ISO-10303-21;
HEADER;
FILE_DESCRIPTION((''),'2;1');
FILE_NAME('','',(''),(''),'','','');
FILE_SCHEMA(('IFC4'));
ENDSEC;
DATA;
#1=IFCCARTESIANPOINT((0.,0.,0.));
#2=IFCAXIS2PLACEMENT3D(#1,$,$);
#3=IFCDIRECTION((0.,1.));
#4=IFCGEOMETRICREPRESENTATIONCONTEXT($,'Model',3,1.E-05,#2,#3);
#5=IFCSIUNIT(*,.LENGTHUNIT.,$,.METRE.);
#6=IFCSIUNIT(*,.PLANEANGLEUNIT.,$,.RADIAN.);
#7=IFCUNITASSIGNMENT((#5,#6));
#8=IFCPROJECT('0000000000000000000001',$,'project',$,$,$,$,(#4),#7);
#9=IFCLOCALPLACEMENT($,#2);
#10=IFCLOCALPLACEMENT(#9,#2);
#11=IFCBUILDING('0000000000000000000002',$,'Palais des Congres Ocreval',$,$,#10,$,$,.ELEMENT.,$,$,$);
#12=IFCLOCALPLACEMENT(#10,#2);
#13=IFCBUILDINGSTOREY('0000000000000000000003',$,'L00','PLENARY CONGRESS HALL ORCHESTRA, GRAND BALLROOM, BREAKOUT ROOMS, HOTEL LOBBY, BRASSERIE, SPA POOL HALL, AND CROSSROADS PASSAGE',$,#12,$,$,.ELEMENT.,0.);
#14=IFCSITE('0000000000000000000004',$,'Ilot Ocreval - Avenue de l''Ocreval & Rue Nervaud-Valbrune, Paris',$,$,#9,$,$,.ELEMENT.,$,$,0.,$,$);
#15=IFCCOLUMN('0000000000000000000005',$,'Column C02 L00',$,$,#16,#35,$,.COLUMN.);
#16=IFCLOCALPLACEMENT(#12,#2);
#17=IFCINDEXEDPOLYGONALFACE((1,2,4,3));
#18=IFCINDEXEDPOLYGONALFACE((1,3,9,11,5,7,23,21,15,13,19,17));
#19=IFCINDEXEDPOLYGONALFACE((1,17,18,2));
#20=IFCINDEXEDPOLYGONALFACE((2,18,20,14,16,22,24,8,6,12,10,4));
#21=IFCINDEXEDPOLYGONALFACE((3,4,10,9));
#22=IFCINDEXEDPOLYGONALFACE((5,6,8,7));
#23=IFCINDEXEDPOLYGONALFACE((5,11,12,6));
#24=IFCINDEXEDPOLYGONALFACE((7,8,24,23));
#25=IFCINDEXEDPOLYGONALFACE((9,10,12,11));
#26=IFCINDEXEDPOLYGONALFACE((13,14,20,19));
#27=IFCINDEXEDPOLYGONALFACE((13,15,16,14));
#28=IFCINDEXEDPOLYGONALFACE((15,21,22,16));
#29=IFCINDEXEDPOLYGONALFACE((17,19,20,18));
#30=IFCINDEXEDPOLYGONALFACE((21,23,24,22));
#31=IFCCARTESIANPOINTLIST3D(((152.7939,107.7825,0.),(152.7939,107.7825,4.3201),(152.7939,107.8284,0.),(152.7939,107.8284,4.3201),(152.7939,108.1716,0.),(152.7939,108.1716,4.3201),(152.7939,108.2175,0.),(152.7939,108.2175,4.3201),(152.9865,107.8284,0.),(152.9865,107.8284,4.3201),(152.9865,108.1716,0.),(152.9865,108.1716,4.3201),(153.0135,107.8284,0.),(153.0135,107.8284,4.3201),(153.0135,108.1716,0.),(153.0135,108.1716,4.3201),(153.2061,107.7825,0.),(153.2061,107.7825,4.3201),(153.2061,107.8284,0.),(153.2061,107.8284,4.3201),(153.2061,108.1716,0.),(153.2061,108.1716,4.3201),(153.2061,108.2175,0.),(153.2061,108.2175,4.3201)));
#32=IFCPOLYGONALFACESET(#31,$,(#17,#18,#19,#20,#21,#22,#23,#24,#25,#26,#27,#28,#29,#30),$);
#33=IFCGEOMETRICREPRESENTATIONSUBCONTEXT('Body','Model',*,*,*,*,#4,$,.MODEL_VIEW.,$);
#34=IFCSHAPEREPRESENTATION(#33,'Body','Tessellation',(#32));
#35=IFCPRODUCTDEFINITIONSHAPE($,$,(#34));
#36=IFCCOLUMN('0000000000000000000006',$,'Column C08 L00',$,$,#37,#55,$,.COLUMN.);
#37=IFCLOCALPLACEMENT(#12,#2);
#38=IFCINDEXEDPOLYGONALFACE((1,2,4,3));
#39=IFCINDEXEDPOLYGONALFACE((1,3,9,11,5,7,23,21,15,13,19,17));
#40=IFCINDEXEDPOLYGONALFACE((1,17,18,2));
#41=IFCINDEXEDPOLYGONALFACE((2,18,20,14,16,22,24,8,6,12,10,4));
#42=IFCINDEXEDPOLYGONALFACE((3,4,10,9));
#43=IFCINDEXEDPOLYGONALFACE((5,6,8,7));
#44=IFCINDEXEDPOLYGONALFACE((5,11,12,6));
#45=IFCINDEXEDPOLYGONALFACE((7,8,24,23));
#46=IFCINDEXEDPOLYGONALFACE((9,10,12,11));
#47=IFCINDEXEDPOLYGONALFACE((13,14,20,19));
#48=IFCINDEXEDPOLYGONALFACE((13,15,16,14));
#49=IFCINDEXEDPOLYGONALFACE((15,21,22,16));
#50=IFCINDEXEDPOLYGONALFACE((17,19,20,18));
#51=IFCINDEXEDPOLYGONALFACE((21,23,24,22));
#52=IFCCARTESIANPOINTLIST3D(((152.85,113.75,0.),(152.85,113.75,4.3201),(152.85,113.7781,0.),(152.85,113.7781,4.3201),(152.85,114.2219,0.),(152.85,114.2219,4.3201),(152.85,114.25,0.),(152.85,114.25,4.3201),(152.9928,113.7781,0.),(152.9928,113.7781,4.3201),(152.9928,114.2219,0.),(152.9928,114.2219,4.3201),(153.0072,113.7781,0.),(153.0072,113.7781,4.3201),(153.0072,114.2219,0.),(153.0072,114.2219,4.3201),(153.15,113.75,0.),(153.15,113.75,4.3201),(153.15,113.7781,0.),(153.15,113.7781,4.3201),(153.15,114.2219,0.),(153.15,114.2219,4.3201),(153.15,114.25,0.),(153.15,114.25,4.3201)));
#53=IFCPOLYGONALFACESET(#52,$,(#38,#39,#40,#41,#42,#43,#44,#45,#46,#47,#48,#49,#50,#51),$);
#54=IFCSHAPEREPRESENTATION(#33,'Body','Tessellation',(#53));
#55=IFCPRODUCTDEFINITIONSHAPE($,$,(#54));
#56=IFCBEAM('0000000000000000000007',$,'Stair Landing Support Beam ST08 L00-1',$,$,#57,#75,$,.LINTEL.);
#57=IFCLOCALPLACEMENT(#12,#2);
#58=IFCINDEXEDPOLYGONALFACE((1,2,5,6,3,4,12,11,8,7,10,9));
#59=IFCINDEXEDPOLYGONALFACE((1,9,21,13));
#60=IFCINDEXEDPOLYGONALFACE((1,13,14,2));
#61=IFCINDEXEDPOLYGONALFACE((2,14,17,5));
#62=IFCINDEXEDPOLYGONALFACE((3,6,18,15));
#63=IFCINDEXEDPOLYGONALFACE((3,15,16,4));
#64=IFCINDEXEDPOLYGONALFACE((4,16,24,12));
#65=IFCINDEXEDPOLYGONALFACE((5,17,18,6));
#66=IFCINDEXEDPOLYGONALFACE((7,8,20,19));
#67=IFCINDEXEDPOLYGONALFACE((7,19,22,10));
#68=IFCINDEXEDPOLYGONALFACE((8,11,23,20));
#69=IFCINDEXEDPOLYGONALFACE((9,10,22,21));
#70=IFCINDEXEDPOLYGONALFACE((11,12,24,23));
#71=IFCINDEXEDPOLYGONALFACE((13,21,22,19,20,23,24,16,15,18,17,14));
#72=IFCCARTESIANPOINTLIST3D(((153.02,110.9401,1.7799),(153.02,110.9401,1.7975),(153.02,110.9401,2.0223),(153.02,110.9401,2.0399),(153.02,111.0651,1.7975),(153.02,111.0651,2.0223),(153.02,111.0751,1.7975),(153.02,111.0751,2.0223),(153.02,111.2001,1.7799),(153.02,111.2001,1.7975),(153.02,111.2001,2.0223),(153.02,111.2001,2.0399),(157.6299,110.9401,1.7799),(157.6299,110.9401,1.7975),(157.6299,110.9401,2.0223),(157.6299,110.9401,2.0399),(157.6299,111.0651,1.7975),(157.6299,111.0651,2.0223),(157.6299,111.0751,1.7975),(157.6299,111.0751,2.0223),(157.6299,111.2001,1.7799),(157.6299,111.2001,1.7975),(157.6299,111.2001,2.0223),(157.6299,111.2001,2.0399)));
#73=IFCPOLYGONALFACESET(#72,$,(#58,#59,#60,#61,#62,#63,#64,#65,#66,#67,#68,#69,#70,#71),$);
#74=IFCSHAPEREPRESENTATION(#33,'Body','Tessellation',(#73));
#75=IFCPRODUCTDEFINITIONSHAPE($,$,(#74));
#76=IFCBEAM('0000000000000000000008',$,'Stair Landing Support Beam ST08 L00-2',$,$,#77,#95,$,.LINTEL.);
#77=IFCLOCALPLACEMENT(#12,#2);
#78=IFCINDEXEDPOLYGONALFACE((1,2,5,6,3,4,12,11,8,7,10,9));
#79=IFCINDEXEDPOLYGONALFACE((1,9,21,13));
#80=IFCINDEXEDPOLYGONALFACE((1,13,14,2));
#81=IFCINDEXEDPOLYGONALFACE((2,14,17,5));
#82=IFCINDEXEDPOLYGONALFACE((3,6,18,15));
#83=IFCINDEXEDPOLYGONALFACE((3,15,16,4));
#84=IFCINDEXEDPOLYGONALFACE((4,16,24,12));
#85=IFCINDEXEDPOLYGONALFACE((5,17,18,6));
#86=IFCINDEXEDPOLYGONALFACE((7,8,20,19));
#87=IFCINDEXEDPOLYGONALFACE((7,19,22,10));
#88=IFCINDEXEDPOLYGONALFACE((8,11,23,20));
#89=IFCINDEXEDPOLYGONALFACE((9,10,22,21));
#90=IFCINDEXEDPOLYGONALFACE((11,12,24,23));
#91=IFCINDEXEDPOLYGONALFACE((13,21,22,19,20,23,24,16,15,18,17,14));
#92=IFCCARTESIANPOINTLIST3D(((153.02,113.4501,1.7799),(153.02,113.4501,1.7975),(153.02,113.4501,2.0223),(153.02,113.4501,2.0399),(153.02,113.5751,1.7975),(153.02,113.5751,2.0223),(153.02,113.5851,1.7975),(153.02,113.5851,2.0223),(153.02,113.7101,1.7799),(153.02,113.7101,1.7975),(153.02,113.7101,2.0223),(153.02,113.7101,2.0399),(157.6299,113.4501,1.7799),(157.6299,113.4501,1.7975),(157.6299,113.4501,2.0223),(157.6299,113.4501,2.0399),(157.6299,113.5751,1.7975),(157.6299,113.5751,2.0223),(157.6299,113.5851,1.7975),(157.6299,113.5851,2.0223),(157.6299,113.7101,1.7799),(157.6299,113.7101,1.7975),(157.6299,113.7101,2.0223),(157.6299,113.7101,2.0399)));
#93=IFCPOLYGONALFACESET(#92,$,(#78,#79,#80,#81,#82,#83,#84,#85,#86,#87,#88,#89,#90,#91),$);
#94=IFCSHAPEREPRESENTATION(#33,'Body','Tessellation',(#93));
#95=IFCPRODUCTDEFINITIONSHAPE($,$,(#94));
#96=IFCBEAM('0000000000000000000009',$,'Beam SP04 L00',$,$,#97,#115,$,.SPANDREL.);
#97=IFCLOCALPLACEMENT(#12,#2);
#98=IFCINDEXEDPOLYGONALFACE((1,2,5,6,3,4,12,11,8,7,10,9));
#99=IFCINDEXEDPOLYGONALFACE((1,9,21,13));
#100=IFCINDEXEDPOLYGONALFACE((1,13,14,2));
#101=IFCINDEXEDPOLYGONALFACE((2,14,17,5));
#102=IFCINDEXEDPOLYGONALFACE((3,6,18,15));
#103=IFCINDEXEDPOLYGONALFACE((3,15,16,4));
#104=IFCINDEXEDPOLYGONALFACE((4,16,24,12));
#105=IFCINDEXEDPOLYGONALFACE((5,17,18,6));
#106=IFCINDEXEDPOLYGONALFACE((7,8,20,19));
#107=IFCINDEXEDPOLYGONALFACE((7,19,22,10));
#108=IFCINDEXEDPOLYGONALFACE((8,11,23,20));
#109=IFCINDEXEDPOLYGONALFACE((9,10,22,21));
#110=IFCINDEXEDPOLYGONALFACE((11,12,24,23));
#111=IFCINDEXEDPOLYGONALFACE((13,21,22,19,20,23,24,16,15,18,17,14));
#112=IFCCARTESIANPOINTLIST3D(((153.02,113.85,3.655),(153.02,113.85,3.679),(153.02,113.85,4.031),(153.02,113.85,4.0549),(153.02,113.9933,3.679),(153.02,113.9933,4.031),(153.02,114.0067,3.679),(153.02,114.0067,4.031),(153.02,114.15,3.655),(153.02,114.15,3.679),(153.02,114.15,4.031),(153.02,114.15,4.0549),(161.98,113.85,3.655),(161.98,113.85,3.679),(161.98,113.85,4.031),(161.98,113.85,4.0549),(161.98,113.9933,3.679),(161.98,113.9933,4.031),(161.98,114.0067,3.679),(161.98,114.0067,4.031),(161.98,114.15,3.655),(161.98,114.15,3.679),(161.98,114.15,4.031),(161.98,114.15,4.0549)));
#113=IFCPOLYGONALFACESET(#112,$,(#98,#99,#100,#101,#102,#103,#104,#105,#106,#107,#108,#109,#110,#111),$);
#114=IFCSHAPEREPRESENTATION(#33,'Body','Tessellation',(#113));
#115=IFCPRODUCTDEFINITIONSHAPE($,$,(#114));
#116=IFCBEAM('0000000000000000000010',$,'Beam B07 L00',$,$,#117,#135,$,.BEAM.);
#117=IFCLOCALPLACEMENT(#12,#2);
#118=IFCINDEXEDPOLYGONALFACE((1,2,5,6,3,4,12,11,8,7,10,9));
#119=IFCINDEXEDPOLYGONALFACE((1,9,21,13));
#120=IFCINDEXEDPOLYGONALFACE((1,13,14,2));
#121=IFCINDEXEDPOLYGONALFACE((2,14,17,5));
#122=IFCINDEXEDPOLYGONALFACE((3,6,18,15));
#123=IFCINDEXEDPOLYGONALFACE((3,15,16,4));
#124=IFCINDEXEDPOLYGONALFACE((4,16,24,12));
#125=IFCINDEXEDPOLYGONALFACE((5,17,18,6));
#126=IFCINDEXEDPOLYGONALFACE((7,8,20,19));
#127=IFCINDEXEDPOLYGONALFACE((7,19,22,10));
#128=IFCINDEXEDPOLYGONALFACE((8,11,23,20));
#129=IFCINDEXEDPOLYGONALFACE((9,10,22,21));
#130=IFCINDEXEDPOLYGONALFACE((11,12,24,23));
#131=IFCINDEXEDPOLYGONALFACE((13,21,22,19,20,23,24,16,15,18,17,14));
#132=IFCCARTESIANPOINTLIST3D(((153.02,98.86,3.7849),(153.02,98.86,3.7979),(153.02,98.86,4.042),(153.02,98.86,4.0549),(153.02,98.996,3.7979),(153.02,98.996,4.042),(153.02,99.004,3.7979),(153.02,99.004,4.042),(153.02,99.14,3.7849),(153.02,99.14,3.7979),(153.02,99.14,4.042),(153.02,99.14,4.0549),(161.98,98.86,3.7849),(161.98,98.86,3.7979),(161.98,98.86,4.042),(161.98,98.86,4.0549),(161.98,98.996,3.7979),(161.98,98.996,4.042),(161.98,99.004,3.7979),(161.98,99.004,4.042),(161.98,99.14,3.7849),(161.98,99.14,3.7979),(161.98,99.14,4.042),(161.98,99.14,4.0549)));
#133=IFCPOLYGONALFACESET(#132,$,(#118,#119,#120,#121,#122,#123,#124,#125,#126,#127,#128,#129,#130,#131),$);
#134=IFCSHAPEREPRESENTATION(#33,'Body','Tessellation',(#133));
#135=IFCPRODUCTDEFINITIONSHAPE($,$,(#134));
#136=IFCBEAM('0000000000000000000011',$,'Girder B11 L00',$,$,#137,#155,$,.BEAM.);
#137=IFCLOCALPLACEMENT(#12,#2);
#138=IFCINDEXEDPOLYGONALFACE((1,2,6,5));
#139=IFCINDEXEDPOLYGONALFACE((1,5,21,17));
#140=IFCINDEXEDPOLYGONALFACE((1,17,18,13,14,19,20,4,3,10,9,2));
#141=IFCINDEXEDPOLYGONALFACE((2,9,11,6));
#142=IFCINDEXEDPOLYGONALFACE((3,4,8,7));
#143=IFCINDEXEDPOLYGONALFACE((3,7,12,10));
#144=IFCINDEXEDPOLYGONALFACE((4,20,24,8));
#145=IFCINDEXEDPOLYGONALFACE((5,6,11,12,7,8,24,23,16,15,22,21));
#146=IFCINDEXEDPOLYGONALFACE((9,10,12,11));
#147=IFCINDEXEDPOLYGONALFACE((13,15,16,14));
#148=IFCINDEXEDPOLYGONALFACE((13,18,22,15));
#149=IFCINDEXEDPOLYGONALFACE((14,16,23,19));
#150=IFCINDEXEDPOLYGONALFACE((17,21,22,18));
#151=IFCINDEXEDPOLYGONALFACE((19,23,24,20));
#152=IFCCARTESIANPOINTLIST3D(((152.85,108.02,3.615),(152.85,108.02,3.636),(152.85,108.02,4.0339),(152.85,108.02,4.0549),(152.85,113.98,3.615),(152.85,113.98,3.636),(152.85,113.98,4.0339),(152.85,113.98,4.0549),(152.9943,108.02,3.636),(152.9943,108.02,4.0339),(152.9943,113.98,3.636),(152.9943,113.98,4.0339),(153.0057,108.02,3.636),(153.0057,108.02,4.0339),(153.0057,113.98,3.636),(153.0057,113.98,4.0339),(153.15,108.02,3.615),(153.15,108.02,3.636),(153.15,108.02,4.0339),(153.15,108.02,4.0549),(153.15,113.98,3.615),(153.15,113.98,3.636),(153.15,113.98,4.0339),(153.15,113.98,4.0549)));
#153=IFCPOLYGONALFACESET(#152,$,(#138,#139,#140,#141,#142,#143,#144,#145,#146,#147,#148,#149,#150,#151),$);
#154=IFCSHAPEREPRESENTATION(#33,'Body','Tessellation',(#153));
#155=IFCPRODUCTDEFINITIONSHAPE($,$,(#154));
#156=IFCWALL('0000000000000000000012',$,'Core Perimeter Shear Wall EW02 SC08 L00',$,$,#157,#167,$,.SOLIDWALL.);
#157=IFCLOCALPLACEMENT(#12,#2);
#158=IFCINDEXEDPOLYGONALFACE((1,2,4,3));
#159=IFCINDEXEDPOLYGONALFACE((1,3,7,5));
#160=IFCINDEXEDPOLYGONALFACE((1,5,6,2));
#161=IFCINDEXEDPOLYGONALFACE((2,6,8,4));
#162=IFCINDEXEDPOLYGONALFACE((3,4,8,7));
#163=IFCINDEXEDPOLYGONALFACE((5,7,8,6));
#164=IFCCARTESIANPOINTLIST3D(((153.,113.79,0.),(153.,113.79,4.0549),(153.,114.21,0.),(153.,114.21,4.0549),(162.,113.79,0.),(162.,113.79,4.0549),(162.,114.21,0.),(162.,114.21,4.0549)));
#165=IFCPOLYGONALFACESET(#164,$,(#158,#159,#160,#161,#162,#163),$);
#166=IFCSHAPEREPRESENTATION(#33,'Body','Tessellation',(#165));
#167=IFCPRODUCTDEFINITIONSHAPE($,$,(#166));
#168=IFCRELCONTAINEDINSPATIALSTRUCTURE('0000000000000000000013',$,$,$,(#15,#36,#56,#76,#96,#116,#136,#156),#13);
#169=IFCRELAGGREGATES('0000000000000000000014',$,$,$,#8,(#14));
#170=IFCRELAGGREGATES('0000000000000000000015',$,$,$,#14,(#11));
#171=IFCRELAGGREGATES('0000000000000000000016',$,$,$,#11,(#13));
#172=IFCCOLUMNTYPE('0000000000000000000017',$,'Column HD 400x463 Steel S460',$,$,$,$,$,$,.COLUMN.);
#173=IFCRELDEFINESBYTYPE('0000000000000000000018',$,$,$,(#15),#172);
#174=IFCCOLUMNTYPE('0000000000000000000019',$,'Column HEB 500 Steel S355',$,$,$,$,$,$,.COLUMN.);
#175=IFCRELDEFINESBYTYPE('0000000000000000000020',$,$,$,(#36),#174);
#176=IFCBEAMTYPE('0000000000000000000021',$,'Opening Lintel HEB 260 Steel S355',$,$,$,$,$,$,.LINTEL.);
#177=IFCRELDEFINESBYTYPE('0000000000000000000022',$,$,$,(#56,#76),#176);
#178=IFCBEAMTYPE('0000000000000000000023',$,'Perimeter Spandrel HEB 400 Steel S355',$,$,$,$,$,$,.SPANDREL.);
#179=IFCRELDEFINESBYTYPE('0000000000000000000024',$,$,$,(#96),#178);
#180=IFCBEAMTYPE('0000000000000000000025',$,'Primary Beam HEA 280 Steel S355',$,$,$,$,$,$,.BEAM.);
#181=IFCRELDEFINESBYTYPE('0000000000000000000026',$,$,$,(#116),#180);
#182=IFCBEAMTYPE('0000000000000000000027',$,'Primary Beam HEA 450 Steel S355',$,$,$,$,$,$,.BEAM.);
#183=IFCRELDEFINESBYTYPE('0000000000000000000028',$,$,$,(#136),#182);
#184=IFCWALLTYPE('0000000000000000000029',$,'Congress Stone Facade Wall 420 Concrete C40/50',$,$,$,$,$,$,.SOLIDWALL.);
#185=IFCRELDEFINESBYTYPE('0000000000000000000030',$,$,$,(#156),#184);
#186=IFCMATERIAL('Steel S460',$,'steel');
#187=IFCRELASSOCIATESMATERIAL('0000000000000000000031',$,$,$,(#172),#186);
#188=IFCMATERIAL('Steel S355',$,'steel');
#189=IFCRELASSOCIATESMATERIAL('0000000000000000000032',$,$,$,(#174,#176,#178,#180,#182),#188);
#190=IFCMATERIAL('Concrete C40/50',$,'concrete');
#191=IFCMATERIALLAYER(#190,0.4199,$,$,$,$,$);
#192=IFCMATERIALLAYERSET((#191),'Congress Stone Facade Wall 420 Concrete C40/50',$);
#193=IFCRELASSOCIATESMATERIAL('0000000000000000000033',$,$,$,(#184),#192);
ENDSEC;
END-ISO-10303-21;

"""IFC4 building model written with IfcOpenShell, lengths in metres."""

from ifc_helpers import new_model, si_unit, direction, frame, frame_2d, origin, origin_2d, place, context, subcontext, project, spatial, rectangle, i_section, extrude, material, layer, layer_set, material_profile, profile_set, type_object, element, save


model = new_model("IFC4")

# Units and contexts
model_context = context("Model", 3, precision=1e-05, world=origin(), true_north=direction((0.0, 1.0)))
body_context = subcontext(model_context, "Body", "Model", "MODEL_VIEW")
ifc_project = project(units=[si_unit("LENGTHUNIT", "METRE"), si_unit("PLANEANGLEUNIT", "RADIAN")], contexts=[model_context])

# Site, building, storey
site_placement = place(None, origin())
site = spatial("IfcSite", under=ifc_project, at=site_placement, Name="Ilot Ocreval - Avenue de l'Ocreval & Rue Nervaud-Valbrune, Paris", CompositionType="ELEMENT", RefElevation=0.0)
building_placement = place(site_placement, origin())
building = spatial("IfcBuilding", under=site, at=building_placement, Name="Palais des Congres Ocreval", CompositionType="ELEMENT")
storey_placement = place(building_placement, origin())
storey = spatial("IfcBuildingStorey", under=building, at=storey_placement, Name="L00", Description="PLENARY CONGRESS HALL ORCHESTRA, GRAND BALLROOM, BREAKOUT ROOMS, HOTEL LOBBY, BRASSERIE, SPA POOL HALL, AND CROSSROADS PASSAGE", CompositionType="ELEMENT", Elevation=0.0)

# Columns
ifc_material_1 = material(Name="Steel S460", Category="steel")
ifc_material_profile_1 = material_profile(ifc_material_1, i_section(OverallWidth=0.4121, OverallDepth=0.4351, WebThickness=0.0271, FlangeThickness=0.0459, at=origin_2d()), Name="HD 400x463")
ifc_profile_set_1 = profile_set([ifc_material_profile_1], Name="Steel S460")
column_type_1 = type_object("IfcColumnType", Name="Column HD 400x463 Steel S460", PredefinedType="COLUMN", material=ifc_profile_set_1)
column_1_placement = place(storey_placement, frame((153.0, 108.0, 0.0), z_axis=(0.0, 0.0, 1.0), x_axis=(1.0, 0.0, 0.0)))
element("IfcColumn", 1, at=column_1_placement, inside=storey, type_object=column_type_1, Name="Column C02 L00", PredefinedType="COLUMN", context=body_context, shape_type="SweptSolid", body=[
    extrude(i_section(OverallWidth=0.4121, OverallDepth=0.4351, WebThickness=0.0271, FlangeThickness=0.0459, at=origin_2d()), origin(), (0.0, 0.0, 1.0), 4.3201),
])
ifc_material_2 = material(Name="Steel S355", Category="steel")
ifc_material_profile_2 = material_profile(ifc_material_2, i_section(OverallWidth=0.3, OverallDepth=0.5, WebThickness=0.0144, FlangeThickness=0.0281, at=origin_2d()), Name="HEB 500")
ifc_profile_set_2 = profile_set([ifc_material_profile_2], Name="Steel S355")
column_type_2 = type_object("IfcColumnType", Name="Column HEB 500 Steel S355", PredefinedType="COLUMN", material=ifc_profile_set_2)
column_2_placement = place(storey_placement, frame((153.0, 114.0, 0.0), z_axis=(0.0, 0.0, 1.0), x_axis=(1.0, 0.0, 0.0)))
element("IfcColumn", 2, at=column_2_placement, inside=storey, type_object=column_type_2, Name="Column C08 L00", PredefinedType="COLUMN", context=body_context, shape_type="SweptSolid", body=[
    extrude(i_section(OverallWidth=0.3, OverallDepth=0.5, WebThickness=0.0144, FlangeThickness=0.0281, at=origin_2d()), origin(), (0.0, 0.0, 1.0), 4.3201),
])

# Beams
ifc_material_profile_3 = material_profile(ifc_material_2, i_section(OverallWidth=0.26, OverallDepth=0.26, WebThickness=0.01, FlangeThickness=0.0176, at=origin_2d()), Name="HEB 260")
ifc_profile_set_3 = profile_set([ifc_material_profile_3], Name="Steel S355")
beam_type_1 = type_object("IfcBeamType", Name="Opening Lintel HEB 260 Steel S355", PredefinedType="LINTEL", material=ifc_profile_set_3)
for number, where, z_axis, x_axis, name in (
    (3, (153.02, 111.0701, 1.9099), (1.0, 0.0, 0.0), (0.0, 1.0, 0.0), "Stair Landing Support Beam ST08 L00-1"),
    (4, (153.02, 113.5801, 1.9099), (1.0, 0.0, 0.0), (0.0, 1.0, 0.0), "Stair Landing Support Beam ST08 L00-2"),
):
    element("IfcBeam", number, at=place(storey_placement, frame(where, z_axis=z_axis, x_axis=x_axis)), inside=storey, type_object=beam_type_1, Name=name, PredefinedType="LINTEL", context=body_context, shape_type="SweptSolid", body=[
        extrude(i_section(OverallWidth=0.26, OverallDepth=0.26, WebThickness=0.01, FlangeThickness=0.0176, at=origin_2d()), origin(), (0.0, 0.0, 1.0), 4.6099),
    ])
ifc_material_profile_4 = material_profile(ifc_material_2, i_section(OverallWidth=0.3, OverallDepth=0.3999, WebThickness=0.0134, FlangeThickness=0.0239, at=origin_2d()), Name="HEB 400")
ifc_profile_set_4 = profile_set([ifc_material_profile_4], Name="Steel S355")
beam_type_2 = type_object("IfcBeamType", Name="Perimeter Spandrel HEB 400 Steel S355", PredefinedType="SPANDREL", material=ifc_profile_set_4)
beam_1_placement = place(storey_placement, frame((153.02, 114.0, 3.855), z_axis=(1.0, 0.0, 0.0), x_axis=(0.0, 1.0, 0.0)))
element("IfcBeam", 5, at=beam_1_placement, inside=storey, type_object=beam_type_2, Name="Beam SP04 L00", PredefinedType="SPANDREL", context=body_context, shape_type="SweptSolid", body=[
    extrude(i_section(OverallWidth=0.3, OverallDepth=0.3999, WebThickness=0.0134, FlangeThickness=0.0239, at=origin_2d()), origin(), (0.0, 0.0, 1.0), 8.96),
])
ifc_material_profile_5 = material_profile(ifc_material_2, i_section(OverallWidth=0.28, OverallDepth=0.27, WebThickness=0.0081, FlangeThickness=0.0129, at=origin_2d()), Name="HEA 280")
ifc_profile_set_5 = profile_set([ifc_material_profile_5], Name="Steel S355")
beam_type_3 = type_object("IfcBeamType", Name="Primary Beam HEA 280 Steel S355", PredefinedType="BEAM", material=ifc_profile_set_5)
beam_2_placement = place(storey_placement, frame((153.02, 99.0, 3.9199), z_axis=(1.0, 0.0, 0.0), x_axis=(0.0, 1.0, 0.0)))
element("IfcBeam", 6, at=beam_2_placement, inside=storey, type_object=beam_type_3, Name="Beam B07 L00", PredefinedType="BEAM", context=body_context, shape_type="SweptSolid", body=[
    extrude(i_section(OverallWidth=0.28, OverallDepth=0.27, WebThickness=0.0081, FlangeThickness=0.0129, at=origin_2d()), origin(), (0.0, 0.0, 1.0), 8.96),
])
ifc_material_profile_6 = material_profile(ifc_material_2, i_section(OverallWidth=0.3, OverallDepth=0.4399, WebThickness=0.0115, FlangeThickness=0.021, at=origin_2d()), Name="HEA 450")
ifc_profile_set_6 = profile_set([ifc_material_profile_6], Name="Steel S355")
beam_type_4 = type_object("IfcBeamType", Name="Primary Beam HEA 450 Steel S355", PredefinedType="BEAM", material=ifc_profile_set_6)
beam_3_placement = place(storey_placement, frame((153.0, 108.02, 3.835), z_axis=(0.0, 1.0, 0.0), x_axis=(-1.0, 0.0, 0.0)))
element("IfcBeam", 7, at=beam_3_placement, inside=storey, type_object=beam_type_4, Name="Girder B11 L00", PredefinedType="BEAM", context=body_context, shape_type="SweptSolid", body=[
    extrude(i_section(OverallWidth=0.3, OverallDepth=0.4399, WebThickness=0.0115, FlangeThickness=0.021, at=origin_2d()), origin(), (0.0, 0.0, 1.0), 5.96),
])

# Wall
ifc_material_3 = material(Name="Concrete C40/50", Category="concrete")
ifc_layer_1 = layer(ifc_material_3, 0.4199)
ifc_layer_set_1 = layer_set([ifc_layer_1], Name="Congress Stone Facade Wall 420 Concrete C40/50")
wall_type_1 = type_object("IfcWallType", Name="Congress Stone Facade Wall 420 Concrete C40/50", PredefinedType="SOLIDWALL", material=ifc_layer_set_1)
wall_1_placement = place(storey_placement, frame((153.0, 114.0, 0.0), z_axis=(0.0, 0.0, 1.0), x_axis=(1.0, 0.0, 0.0)))
element("IfcWall", 8, at=wall_1_placement, inside=storey, type_object=wall_type_1, Name="Core Perimeter Shear Wall EW02 SC08 L00", PredefinedType="SOLIDWALL", context=body_context, shape_type="SweptSolid", body=[
    extrude(rectangle(XDim=9.0, YDim=0.4199, at=frame_2d((4.5, 0.0))), origin(), (0.0, 0.0, 1.0), 4.0549),
])

save(model, "model.ifc")
